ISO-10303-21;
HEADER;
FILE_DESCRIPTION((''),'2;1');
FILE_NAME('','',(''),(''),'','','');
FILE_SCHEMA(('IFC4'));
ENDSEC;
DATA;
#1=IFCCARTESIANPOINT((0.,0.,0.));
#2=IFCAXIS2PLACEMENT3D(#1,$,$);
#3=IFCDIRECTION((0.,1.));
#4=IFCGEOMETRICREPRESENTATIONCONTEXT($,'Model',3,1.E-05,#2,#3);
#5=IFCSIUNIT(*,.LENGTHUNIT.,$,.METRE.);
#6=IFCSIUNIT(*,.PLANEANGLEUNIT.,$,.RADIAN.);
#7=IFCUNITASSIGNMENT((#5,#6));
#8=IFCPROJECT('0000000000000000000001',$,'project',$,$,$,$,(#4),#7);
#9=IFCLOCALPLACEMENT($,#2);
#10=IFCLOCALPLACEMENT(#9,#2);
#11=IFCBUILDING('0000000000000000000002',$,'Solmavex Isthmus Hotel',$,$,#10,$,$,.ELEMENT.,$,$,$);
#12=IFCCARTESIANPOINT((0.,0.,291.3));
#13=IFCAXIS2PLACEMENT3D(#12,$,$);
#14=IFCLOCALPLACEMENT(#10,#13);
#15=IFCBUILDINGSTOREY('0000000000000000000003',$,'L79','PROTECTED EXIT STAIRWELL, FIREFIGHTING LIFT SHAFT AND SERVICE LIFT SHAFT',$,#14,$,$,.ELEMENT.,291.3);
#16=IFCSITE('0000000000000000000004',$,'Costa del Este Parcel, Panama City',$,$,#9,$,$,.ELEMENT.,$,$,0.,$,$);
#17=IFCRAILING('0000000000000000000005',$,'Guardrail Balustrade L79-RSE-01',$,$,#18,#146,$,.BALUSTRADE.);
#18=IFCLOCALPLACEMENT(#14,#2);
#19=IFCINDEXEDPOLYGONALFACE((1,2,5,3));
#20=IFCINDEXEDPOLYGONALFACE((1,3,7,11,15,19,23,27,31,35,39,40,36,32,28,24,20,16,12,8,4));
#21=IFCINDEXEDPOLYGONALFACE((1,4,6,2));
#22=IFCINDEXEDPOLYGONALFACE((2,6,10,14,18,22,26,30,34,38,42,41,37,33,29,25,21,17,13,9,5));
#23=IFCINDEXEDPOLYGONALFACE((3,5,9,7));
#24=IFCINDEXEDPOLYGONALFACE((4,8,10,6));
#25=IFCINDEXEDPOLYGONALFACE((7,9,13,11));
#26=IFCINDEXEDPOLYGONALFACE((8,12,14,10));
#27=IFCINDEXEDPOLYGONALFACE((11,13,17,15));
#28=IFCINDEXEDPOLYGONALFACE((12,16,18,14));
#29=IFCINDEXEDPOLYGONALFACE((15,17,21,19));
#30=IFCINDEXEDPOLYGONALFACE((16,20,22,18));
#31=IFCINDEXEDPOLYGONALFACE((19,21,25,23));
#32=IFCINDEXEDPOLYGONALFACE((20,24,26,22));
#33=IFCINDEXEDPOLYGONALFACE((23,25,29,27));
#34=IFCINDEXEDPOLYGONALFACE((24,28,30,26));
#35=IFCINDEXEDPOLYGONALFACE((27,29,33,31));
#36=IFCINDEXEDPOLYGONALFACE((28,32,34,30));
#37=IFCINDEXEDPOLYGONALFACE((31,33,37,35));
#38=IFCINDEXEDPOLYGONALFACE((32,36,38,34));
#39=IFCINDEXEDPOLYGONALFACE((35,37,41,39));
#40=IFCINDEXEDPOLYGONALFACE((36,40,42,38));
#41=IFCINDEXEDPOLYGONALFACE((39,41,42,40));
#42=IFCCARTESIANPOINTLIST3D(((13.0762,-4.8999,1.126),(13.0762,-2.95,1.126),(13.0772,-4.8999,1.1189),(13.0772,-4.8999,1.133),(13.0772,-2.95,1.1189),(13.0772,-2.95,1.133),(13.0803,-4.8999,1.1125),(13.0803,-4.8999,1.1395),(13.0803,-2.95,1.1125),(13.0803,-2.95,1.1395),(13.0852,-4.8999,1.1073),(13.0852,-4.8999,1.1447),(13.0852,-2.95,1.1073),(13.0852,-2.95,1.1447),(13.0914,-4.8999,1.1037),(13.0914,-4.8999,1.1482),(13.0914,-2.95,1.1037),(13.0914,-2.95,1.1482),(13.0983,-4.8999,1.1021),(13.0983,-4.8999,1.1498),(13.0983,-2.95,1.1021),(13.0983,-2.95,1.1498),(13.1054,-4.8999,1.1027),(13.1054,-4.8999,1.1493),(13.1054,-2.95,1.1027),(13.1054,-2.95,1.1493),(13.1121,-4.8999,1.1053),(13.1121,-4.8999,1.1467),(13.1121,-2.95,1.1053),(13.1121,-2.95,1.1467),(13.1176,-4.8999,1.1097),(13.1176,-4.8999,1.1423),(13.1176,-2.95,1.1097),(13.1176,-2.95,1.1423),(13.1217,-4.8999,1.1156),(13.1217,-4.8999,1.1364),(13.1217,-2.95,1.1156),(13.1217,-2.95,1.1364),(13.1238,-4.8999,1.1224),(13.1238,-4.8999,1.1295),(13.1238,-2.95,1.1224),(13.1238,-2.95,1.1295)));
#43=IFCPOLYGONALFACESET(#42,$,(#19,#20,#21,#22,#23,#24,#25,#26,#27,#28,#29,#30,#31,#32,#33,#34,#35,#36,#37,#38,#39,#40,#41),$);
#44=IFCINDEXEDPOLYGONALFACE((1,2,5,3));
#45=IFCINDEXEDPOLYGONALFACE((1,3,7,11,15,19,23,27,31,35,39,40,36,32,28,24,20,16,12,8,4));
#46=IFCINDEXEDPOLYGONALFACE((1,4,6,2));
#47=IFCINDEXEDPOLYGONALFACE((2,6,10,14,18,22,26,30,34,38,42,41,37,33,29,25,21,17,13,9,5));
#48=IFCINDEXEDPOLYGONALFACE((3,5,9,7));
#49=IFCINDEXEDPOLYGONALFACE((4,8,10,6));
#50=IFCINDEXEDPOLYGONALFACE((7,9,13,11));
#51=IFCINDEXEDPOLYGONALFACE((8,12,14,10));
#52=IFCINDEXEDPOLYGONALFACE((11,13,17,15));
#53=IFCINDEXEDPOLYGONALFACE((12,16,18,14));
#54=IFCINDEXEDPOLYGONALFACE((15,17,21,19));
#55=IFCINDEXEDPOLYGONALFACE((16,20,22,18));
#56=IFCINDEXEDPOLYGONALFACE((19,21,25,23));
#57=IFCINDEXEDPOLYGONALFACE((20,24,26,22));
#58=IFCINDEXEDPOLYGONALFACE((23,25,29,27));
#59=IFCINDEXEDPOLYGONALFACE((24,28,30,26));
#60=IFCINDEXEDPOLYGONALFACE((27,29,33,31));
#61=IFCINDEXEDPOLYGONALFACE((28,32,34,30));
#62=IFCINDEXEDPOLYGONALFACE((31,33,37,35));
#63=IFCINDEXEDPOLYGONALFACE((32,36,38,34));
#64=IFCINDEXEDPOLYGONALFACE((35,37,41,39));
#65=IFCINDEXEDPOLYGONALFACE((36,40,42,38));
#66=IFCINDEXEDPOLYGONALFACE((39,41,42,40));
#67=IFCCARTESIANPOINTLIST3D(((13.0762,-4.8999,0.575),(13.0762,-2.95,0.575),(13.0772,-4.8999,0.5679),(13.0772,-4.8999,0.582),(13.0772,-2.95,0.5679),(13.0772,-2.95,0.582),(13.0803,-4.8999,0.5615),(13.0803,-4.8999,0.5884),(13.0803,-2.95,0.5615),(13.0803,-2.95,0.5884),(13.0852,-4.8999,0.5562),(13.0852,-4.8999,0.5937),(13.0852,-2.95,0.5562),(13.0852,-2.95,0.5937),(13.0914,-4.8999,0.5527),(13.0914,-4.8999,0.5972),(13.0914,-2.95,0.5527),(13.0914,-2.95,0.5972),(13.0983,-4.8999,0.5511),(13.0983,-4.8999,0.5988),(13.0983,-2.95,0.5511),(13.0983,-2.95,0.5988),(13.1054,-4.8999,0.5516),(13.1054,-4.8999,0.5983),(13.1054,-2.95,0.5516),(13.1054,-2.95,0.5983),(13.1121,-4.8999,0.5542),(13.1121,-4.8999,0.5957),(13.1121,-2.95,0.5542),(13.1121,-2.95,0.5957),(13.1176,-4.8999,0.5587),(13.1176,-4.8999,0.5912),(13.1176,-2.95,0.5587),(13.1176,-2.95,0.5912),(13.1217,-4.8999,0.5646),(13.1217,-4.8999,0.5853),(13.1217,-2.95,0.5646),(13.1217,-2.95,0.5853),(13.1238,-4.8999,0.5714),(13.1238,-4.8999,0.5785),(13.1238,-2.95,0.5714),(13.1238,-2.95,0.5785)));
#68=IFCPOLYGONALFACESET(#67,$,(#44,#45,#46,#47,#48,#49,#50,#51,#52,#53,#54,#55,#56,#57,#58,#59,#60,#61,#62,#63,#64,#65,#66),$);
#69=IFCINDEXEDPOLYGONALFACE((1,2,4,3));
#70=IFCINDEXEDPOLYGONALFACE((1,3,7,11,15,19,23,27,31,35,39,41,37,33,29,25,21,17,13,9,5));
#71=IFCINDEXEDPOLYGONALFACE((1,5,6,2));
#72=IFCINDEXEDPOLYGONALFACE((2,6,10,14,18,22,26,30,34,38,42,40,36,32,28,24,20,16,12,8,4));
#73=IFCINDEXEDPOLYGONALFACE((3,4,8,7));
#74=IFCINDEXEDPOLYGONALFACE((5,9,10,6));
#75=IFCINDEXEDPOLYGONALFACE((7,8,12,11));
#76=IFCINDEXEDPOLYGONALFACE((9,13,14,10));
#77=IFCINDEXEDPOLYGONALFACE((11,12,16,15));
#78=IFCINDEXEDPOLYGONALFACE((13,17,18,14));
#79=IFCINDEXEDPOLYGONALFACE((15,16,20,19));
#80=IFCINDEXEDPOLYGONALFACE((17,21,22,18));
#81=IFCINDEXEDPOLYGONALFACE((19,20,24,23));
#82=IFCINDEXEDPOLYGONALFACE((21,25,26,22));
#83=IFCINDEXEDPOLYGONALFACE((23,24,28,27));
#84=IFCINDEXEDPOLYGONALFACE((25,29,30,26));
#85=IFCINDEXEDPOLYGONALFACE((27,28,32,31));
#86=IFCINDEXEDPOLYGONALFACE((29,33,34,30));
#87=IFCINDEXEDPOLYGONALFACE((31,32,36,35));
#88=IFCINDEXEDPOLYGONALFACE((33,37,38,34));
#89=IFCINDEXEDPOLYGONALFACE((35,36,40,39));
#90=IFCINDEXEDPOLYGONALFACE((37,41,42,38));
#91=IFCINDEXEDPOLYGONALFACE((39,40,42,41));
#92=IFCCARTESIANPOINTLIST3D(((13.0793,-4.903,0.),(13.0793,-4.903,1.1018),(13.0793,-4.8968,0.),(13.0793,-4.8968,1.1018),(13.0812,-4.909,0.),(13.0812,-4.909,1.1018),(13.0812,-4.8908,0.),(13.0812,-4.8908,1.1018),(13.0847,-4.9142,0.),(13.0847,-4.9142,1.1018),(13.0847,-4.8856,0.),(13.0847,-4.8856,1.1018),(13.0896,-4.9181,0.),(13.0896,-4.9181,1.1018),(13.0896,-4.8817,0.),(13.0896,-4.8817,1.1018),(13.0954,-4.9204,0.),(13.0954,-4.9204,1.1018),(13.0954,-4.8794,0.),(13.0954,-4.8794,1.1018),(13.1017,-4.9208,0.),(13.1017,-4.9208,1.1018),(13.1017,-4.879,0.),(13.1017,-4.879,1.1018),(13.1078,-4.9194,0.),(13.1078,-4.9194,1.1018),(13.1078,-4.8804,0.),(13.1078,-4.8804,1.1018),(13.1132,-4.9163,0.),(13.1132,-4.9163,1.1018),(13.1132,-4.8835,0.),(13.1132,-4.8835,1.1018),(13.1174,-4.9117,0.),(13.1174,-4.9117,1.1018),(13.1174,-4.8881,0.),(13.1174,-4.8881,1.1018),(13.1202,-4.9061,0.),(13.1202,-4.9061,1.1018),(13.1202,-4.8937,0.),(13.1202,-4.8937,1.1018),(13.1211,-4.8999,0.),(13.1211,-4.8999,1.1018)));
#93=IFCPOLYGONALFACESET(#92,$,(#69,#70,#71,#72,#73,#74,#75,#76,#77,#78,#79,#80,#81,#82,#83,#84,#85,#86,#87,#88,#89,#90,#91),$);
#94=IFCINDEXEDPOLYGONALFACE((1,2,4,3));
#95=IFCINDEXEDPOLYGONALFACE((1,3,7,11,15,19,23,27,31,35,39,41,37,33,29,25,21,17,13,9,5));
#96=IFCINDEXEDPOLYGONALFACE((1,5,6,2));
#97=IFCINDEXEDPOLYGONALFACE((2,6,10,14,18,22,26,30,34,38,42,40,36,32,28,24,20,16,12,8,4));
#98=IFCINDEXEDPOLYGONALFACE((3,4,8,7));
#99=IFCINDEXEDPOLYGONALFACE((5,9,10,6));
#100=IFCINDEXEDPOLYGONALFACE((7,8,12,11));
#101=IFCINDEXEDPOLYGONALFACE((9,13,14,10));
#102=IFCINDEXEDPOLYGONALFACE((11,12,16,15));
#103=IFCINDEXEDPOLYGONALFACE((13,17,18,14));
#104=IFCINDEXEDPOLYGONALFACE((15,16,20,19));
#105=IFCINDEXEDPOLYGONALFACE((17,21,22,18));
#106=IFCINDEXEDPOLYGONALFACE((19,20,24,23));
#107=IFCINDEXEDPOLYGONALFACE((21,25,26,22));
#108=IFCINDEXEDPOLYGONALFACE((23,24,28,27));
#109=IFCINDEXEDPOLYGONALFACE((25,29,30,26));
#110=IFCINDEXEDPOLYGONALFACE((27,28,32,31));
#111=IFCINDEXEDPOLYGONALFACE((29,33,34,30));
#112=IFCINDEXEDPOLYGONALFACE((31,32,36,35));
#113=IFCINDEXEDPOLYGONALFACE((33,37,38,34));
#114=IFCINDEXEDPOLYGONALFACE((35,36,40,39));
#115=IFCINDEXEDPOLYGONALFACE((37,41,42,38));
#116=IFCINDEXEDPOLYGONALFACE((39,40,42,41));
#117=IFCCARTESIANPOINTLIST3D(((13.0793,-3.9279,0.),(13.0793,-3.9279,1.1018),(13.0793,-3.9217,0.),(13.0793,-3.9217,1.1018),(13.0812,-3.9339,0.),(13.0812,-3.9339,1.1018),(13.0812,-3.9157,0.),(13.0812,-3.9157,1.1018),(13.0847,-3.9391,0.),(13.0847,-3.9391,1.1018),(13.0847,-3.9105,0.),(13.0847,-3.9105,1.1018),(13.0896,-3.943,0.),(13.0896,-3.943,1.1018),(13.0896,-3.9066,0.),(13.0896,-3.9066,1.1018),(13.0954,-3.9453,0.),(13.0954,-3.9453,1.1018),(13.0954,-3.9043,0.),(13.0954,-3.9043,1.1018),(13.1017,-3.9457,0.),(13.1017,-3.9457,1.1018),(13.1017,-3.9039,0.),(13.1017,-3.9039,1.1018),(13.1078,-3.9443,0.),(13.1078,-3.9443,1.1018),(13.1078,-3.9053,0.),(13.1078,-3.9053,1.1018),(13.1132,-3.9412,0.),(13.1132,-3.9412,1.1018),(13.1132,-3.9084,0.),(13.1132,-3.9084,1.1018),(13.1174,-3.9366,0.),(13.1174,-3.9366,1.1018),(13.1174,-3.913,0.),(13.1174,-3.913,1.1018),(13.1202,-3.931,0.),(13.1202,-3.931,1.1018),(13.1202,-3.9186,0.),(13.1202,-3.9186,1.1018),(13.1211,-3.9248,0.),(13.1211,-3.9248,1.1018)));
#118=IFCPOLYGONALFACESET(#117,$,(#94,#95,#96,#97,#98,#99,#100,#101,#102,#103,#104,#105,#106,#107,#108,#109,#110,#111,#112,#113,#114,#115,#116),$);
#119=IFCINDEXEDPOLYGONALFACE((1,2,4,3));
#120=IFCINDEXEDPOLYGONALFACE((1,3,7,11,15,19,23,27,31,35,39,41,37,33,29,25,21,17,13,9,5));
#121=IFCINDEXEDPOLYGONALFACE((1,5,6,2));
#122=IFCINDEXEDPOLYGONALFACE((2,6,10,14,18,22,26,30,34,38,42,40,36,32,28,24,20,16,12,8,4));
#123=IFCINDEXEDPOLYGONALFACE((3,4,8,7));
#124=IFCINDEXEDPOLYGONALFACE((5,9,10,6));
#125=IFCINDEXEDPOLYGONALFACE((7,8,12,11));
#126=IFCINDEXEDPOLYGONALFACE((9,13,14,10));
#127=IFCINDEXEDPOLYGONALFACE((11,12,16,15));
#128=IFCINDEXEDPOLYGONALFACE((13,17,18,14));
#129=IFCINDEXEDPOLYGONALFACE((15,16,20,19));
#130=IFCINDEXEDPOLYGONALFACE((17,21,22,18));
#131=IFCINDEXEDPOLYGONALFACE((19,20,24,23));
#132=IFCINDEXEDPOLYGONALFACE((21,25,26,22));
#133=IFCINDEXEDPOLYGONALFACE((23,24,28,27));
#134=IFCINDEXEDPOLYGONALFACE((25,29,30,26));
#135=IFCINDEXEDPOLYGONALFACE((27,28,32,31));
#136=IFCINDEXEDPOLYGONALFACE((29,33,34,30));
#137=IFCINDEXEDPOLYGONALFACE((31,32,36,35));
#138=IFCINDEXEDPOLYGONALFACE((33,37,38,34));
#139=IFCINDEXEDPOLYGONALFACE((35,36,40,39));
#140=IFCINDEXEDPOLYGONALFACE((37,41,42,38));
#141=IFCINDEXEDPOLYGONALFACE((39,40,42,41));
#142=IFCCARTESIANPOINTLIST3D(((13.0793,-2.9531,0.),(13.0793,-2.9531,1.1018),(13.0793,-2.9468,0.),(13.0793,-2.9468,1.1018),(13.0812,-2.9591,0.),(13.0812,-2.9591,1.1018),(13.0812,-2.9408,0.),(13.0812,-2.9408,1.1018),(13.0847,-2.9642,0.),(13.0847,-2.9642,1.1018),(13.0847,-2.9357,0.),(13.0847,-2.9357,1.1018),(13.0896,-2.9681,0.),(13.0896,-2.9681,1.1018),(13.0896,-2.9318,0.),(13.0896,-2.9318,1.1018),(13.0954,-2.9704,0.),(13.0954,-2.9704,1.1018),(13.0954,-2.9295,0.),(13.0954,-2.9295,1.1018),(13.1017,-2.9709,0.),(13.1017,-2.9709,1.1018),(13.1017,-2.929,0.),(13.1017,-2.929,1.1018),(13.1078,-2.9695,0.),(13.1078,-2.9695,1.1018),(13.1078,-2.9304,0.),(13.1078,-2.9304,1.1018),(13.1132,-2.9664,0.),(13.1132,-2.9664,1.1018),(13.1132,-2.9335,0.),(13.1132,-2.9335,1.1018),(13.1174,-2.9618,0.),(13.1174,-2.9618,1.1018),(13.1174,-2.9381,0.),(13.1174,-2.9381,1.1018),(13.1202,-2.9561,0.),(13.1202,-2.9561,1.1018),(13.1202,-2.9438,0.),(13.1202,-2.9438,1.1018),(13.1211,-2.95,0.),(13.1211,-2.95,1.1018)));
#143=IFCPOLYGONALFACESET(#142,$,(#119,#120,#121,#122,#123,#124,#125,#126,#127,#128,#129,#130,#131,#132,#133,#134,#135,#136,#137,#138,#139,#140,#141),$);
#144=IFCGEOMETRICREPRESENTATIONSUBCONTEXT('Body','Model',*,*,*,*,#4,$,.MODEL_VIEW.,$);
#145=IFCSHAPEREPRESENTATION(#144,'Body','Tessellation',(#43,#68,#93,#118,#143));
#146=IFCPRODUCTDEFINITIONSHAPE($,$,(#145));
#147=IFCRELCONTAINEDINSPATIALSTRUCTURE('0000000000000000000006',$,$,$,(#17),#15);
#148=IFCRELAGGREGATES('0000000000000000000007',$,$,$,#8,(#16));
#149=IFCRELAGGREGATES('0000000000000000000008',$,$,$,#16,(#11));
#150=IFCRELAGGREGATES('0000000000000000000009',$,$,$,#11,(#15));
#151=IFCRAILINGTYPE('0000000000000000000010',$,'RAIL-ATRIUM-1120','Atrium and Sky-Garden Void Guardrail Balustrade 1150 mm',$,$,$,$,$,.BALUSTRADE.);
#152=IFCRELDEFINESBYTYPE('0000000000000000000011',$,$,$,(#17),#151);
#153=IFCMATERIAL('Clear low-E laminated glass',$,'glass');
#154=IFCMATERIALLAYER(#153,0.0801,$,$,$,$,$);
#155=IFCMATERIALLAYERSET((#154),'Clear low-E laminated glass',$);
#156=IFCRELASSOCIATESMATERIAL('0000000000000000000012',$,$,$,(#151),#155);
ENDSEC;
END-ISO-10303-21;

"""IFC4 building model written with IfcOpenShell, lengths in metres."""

from ifc_helpers import new_model, si_unit, direction, frame, origin, origin_2d, place, context, subcontext, project, spatial, circle, extrude, material, layer, layer_set, type_object, element, save


model = new_model("IFC4")

# Units and contexts
model_context = context("Model", 3, precision=1e-05, world=origin(), true_north=direction((0.0, 1.0)))
body_context = subcontext(model_context, "Body", "Model", "MODEL_VIEW")
ifc_project = project(units=[si_unit("LENGTHUNIT", "METRE"), si_unit("PLANEANGLEUNIT", "RADIAN")], contexts=[model_context])

# Site, building, storey
site_placement = place(None, origin())
site = spatial("IfcSite", under=ifc_project, at=site_placement, Name="Costa del Este Parcel, Panama City", CompositionType="ELEMENT", RefElevation=0.0)
building_placement = place(site_placement, origin())
building = spatial("IfcBuilding", under=site, at=building_placement, Name="Solmavex Isthmus Hotel", CompositionType="ELEMENT")
storey_placement = place(building_placement, frame((0.0, 0.0, 291.3)))
storey = spatial("IfcBuildingStorey", under=building, at=storey_placement, Name="L79", Description="PROTECTED EXIT STAIRWELL, FIREFIGHTING LIFT SHAFT AND SERVICE LIFT SHAFT", CompositionType="ELEMENT", Elevation=291.3)

# Railing
ifc_material_1 = material(Name="Clear low-E laminated glass", Category="glass")
ifc_layer_1 = layer(ifc_material_1, 0.0801)
ifc_layer_set_1 = layer_set([ifc_layer_1], Name="Clear low-E laminated glass")
railing_type_1 = type_object("IfcRailingType", Name="RAIL-ATRIUM-1120", Description="Atrium and Sky-Garden Void Guardrail Balustrade 1150 mm", PredefinedType="BALUSTRADE", material=ifc_layer_set_1)
railing_1_placement = place(storey_placement, frame((13.1001, -4.8999, 0.0)))
element("IfcRailing", 1, at=railing_1_placement, inside=storey, type_object=railing_type_1, Name="Guardrail Balustrade L79-RSE-01", PredefinedType="BALUSTRADE", context=body_context, shape_type="SweptSolid", body=[
    extrude(circle(Radius=0.0239, at=origin_2d()), frame((0.0, 0.0, 1.126), z_axis=(0.0, 1.0, 0.0), x_axis=(-1.0, 0.0, 0.0)), (0.0, 0.0, 1.0), 1.95),
    extrude(circle(Radius=0.0239, at=origin_2d()), frame((0.0, 0.0, 0.575), z_axis=(0.0, 1.0, 0.0), x_axis=(-1.0, 0.0, 0.0)), (0.0, 0.0, 1.0), 1.95),
    extrude(circle(Radius=0.021, at=origin_2d()), origin(), (0.0, 0.0, 1.0), 1.1018),
    extrude(circle(Radius=0.021, at=origin_2d()), frame((0.0, 0.9751, 0.0)), (0.0, 0.0, 1.0), 1.1018),
    extrude(circle(Radius=0.021, at=origin_2d()), frame((0.0, 1.95, 0.0)), (0.0, 0.0, 1.0), 1.1018),
])

save(model, "model.ifc")
